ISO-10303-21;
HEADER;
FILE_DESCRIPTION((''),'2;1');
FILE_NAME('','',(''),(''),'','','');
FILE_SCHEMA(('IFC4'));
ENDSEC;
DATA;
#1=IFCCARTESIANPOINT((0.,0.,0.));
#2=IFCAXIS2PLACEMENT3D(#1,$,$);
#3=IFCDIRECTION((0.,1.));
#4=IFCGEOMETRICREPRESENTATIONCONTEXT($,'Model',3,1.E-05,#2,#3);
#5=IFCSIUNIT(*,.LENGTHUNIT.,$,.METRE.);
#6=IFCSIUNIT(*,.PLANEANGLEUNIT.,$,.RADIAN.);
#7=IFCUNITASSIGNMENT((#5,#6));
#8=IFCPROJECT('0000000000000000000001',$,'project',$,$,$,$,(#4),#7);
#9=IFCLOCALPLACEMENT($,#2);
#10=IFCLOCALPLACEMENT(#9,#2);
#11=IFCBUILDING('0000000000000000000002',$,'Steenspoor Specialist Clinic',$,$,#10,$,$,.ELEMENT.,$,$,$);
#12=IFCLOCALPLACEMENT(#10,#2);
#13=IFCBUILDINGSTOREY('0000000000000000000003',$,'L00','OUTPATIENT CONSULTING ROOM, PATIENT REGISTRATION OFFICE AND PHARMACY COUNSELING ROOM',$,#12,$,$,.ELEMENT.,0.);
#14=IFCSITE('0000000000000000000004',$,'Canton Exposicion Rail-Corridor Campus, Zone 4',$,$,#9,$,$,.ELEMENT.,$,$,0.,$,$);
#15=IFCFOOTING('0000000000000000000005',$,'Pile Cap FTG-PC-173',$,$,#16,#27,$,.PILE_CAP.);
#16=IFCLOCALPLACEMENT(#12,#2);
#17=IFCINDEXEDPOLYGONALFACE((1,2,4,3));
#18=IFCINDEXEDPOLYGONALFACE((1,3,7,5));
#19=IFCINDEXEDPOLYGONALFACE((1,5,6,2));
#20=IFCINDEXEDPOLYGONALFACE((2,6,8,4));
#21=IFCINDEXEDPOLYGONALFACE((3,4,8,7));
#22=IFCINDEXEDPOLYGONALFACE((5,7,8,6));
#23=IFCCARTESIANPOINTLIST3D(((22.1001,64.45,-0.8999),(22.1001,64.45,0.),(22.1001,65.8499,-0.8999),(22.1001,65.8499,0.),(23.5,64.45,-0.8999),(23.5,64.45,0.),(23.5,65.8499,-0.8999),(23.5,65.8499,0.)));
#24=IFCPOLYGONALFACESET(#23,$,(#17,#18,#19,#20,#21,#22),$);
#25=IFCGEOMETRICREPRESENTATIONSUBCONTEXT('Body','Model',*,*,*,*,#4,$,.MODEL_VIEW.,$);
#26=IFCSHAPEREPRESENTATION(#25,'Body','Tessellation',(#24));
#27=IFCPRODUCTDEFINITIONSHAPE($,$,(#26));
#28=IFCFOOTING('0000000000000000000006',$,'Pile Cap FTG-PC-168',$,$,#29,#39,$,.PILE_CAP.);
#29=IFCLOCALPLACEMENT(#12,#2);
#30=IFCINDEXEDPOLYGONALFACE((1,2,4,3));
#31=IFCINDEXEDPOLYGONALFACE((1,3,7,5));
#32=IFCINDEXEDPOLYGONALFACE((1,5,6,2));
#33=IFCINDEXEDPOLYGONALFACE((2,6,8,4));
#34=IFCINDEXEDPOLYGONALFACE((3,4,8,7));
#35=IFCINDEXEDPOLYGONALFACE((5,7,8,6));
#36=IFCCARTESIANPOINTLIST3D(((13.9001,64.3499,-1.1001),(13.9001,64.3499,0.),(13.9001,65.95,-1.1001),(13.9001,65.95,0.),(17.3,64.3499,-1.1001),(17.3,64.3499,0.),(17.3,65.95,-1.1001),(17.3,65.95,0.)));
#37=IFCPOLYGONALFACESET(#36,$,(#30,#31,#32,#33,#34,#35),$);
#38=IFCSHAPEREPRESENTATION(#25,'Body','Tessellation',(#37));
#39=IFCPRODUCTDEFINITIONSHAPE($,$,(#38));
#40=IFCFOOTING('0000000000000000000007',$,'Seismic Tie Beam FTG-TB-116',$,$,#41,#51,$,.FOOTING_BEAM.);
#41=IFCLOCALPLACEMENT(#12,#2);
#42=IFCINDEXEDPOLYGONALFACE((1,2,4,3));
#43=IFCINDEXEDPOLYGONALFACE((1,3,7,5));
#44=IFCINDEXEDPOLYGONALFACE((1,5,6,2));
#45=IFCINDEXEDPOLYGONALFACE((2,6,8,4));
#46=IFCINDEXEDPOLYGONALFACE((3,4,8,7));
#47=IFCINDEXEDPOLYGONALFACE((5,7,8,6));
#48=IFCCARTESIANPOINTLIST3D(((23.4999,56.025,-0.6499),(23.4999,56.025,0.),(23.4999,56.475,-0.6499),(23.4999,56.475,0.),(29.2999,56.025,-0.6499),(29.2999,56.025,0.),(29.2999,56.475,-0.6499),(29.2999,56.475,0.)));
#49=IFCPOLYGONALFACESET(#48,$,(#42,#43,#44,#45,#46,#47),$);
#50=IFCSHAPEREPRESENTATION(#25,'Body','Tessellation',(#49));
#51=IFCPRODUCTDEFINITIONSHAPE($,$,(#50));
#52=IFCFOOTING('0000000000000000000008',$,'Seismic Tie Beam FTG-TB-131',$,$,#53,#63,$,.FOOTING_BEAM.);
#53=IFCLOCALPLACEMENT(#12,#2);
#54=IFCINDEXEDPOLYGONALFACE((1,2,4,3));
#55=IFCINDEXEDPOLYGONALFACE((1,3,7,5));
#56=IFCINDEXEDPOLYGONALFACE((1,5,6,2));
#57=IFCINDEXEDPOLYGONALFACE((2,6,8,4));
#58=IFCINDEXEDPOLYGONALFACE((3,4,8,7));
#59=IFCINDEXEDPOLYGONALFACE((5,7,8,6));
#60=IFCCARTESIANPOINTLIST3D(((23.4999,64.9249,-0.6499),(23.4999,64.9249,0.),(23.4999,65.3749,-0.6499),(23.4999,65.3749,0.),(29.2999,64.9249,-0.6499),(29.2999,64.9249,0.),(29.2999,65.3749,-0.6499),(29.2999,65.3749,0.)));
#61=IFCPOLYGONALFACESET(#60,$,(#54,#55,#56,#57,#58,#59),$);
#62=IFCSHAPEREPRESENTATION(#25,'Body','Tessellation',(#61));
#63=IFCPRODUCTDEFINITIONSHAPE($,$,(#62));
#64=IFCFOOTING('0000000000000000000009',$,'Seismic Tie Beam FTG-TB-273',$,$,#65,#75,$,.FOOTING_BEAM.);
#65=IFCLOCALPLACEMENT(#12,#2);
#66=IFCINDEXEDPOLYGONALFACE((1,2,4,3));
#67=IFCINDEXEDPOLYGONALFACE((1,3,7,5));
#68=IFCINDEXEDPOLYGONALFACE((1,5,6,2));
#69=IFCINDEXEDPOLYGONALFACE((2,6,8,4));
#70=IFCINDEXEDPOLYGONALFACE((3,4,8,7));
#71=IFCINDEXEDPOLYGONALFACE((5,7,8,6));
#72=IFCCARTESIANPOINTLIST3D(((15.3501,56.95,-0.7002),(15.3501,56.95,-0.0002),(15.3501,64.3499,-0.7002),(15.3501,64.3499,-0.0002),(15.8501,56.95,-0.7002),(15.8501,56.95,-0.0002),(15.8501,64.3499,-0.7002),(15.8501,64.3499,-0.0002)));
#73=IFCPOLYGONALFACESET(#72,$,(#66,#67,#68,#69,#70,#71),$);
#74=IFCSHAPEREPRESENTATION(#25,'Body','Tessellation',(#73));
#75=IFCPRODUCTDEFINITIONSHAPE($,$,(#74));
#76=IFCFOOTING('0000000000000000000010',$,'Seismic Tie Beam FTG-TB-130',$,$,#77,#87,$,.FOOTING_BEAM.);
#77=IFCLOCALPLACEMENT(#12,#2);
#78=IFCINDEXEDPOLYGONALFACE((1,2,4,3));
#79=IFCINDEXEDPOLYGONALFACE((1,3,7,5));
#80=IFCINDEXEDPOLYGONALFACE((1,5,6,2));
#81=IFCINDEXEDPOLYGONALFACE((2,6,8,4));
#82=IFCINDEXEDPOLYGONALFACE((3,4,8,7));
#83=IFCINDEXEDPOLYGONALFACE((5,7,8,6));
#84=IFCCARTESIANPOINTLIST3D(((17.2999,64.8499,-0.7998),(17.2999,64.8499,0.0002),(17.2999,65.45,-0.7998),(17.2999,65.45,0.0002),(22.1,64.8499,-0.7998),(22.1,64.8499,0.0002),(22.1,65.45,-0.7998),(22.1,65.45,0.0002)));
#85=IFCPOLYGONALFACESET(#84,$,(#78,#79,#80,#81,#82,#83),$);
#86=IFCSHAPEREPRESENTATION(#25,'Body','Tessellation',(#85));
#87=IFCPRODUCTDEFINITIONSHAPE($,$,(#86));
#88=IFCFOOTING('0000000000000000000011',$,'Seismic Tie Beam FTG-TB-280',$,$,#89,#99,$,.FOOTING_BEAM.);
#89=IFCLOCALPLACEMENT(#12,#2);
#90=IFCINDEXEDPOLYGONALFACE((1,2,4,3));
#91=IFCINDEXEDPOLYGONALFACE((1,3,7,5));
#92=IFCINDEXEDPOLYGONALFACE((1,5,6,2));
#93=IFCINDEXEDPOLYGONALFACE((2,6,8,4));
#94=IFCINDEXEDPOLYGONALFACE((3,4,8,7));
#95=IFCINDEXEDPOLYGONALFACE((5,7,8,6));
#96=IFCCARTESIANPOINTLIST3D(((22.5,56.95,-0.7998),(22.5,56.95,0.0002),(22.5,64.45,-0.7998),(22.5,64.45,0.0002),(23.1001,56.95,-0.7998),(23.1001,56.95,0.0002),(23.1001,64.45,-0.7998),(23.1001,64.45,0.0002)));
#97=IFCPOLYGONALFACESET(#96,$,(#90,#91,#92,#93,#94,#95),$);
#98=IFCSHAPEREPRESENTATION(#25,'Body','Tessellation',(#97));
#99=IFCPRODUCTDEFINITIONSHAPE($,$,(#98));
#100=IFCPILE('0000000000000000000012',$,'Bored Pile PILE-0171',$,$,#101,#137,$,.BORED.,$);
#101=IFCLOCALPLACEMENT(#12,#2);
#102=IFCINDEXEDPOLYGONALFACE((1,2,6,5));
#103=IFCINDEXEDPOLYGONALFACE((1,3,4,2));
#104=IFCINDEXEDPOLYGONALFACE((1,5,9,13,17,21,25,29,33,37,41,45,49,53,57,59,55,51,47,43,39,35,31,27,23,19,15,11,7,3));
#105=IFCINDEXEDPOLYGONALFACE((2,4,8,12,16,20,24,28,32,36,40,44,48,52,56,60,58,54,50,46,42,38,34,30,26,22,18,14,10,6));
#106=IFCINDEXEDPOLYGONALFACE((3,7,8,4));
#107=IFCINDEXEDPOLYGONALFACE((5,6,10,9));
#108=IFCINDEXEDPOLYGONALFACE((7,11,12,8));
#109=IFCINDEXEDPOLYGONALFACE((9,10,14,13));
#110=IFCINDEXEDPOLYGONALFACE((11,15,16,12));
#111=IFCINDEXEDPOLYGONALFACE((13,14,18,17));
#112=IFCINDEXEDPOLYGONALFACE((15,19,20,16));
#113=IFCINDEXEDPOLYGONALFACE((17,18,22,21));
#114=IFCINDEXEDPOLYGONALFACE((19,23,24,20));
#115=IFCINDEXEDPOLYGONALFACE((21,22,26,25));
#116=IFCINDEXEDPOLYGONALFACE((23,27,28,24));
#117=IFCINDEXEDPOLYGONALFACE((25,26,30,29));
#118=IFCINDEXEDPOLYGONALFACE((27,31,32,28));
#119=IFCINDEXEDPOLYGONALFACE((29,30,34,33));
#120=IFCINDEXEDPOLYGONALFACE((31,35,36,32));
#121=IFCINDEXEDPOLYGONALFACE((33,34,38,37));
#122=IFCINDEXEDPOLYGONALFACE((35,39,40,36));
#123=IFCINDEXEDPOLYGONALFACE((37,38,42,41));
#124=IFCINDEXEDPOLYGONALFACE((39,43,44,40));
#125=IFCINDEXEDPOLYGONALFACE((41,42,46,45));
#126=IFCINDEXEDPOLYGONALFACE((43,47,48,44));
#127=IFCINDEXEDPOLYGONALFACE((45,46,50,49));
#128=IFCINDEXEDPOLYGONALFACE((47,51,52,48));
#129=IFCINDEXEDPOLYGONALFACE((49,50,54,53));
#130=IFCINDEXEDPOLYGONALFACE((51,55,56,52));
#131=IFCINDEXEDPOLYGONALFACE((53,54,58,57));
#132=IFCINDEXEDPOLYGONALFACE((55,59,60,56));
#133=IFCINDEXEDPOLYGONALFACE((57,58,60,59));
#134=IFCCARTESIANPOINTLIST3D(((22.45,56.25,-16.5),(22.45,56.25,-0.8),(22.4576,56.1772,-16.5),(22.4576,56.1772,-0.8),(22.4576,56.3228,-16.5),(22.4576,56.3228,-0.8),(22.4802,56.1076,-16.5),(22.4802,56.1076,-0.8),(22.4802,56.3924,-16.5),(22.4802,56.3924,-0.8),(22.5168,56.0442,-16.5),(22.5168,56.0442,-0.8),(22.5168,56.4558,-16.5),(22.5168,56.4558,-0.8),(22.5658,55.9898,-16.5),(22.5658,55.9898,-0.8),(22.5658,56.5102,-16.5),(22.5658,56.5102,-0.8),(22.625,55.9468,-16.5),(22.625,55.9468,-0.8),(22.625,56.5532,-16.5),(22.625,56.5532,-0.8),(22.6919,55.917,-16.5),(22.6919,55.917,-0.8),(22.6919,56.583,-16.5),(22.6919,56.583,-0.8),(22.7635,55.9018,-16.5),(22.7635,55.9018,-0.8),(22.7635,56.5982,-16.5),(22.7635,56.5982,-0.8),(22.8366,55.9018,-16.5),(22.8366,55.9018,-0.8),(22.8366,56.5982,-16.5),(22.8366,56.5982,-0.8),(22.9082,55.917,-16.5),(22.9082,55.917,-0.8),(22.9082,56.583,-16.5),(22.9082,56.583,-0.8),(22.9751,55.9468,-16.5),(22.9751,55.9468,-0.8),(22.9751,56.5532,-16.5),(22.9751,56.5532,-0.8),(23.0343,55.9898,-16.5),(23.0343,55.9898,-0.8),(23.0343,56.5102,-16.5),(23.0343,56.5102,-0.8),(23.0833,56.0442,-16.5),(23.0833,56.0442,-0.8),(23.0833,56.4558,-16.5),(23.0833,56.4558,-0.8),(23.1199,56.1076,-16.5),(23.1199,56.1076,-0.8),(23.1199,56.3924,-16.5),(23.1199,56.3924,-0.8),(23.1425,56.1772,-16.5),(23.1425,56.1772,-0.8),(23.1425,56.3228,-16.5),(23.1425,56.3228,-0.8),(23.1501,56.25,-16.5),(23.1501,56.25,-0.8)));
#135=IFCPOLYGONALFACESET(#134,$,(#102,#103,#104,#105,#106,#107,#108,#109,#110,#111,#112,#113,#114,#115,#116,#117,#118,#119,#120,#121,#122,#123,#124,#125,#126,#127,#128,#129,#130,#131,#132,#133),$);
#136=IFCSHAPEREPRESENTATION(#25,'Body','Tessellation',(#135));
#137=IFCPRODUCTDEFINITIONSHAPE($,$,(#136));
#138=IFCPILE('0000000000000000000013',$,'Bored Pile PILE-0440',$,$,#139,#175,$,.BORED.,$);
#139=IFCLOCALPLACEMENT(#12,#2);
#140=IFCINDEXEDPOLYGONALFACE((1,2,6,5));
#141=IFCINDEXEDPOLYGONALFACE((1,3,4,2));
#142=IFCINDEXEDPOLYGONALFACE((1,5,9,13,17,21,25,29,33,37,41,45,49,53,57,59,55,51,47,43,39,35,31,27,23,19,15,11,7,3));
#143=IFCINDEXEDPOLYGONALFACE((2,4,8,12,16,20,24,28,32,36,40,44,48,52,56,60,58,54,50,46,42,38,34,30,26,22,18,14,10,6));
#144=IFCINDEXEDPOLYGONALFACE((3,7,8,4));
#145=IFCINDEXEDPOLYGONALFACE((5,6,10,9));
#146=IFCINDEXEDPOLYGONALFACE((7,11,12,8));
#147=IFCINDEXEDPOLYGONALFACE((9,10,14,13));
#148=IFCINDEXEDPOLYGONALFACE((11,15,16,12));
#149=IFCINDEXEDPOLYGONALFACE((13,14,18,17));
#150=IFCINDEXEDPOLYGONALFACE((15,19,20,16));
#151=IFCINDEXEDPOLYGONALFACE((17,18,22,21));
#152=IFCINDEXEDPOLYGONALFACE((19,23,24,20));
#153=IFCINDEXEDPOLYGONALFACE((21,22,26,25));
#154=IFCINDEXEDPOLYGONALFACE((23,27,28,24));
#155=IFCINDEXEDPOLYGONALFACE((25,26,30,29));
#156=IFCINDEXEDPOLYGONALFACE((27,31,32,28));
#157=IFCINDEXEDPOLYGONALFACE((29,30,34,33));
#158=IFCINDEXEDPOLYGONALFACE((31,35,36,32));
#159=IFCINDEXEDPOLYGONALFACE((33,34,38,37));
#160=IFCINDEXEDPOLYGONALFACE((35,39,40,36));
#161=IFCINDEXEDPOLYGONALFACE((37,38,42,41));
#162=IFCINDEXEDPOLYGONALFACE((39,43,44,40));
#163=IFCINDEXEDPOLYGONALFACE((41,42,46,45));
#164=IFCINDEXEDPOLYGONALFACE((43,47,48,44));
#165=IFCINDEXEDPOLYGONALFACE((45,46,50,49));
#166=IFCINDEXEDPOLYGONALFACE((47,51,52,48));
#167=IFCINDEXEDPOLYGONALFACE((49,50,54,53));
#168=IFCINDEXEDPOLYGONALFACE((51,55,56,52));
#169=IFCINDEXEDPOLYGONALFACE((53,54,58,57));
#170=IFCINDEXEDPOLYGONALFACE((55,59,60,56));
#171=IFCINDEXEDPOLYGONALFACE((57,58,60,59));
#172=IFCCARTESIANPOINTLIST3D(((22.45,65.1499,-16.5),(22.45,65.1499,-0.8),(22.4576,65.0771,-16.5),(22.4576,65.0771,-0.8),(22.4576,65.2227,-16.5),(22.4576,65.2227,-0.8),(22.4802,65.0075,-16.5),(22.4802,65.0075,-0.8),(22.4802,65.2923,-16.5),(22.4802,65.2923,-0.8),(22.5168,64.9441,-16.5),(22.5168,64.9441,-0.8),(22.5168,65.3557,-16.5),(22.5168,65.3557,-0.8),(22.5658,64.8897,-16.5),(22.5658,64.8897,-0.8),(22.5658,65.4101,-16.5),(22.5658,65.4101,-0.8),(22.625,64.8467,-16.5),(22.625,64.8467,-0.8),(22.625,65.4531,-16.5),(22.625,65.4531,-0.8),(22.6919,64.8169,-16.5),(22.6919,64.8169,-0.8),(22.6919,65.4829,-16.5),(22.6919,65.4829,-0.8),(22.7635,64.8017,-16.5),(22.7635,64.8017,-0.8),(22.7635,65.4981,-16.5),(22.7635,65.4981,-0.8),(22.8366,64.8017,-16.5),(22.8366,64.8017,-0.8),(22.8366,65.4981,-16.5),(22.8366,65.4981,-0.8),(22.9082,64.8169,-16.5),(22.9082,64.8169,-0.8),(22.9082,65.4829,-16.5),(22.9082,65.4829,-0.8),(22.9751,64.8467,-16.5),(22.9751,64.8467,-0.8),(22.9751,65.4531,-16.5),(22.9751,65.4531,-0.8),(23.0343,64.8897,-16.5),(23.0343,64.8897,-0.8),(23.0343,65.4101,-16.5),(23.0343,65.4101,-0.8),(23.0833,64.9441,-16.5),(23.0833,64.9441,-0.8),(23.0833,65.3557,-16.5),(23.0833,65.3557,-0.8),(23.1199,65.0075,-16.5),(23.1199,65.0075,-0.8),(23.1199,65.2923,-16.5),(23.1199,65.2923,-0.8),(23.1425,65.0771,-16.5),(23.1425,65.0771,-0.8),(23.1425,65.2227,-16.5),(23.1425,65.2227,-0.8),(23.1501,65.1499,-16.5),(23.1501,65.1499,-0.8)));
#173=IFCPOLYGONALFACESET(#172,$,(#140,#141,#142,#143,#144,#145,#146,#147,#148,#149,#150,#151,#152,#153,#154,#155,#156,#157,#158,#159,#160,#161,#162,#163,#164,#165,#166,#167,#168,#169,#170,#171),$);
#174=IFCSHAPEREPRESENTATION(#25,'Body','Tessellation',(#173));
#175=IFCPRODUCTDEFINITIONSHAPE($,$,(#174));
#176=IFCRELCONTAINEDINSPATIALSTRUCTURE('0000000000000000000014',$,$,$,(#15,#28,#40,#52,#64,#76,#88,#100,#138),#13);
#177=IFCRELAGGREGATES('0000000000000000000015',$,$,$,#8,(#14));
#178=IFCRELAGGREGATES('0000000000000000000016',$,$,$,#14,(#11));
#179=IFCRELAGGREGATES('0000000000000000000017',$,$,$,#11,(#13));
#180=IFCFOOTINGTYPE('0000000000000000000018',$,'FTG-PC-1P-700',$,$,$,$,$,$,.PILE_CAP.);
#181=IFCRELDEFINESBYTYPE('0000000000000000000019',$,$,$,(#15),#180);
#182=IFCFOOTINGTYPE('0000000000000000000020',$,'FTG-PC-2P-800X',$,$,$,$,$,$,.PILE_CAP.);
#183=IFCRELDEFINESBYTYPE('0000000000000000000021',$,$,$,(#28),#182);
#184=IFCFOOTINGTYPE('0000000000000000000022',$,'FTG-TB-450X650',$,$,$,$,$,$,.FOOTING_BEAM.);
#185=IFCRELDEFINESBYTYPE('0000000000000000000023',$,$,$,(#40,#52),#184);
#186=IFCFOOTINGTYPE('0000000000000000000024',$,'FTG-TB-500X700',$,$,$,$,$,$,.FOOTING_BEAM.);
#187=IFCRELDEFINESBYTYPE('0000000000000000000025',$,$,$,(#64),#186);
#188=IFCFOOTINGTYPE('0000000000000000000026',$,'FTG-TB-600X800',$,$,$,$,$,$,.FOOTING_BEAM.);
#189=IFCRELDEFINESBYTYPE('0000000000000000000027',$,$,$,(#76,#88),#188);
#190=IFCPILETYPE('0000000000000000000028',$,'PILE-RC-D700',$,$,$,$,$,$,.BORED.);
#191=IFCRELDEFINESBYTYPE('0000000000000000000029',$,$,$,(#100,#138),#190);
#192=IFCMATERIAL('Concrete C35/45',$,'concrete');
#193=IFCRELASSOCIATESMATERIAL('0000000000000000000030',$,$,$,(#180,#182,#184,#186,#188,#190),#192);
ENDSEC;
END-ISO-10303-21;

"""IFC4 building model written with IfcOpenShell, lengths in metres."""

from ifc_helpers import new_model, si_unit, direction, frame, origin, origin_2d, place, context, subcontext, project, spatial, rectangle, circle, extrude, material, material_profile, profile_set, type_object, element, save


model = new_model("IFC4")

# Units and contexts
model_context = context("Model", 3, precision=1e-05, world=origin(), true_north=direction((0.0, 1.0)))
body_context = subcontext(model_context, "Body", "Model", "MODEL_VIEW")
ifc_project = project(units=[si_unit("LENGTHUNIT", "METRE"), si_unit("PLANEANGLEUNIT", "RADIAN")], contexts=[model_context])

# Site, building, storey
site_placement = place(None, origin())
site = spatial("IfcSite", under=ifc_project, at=site_placement, Name="Canton Exposicion Rail-Corridor Campus, Zone 4", CompositionType="ELEMENT", RefElevation=0.0)
building_placement = place(site_placement, origin())
building = spatial("IfcBuilding", under=site, at=building_placement, Name="Steenspoor Specialist Clinic", CompositionType="ELEMENT")
storey_placement = place(building_placement, origin())
storey = spatial("IfcBuildingStorey", under=building, at=storey_placement, Name="L00", Description="OUTPATIENT CONSULTING ROOM, PATIENT REGISTRATION OFFICE AND PHARMACY COUNSELING ROOM", CompositionType="ELEMENT", Elevation=0.0)

# Footings
ifc_material_1 = material(Name="Concrete C35/45", Category="concrete")
footing_type_1 = type_object("IfcFootingType", Name="FTG-PC-1P-700", PredefinedType="PILE_CAP", material=ifc_material_1)
footing_1_placement = place(storey_placement, frame((22.8, 65.1499, -0.8999), z_axis=(0.0, 0.0, 1.0), x_axis=(1.0, 0.0, 0.0)))
element("IfcFooting", 1, at=footing_1_placement, inside=storey, type_object=footing_type_1, Name="Pile Cap FTG-PC-173", PredefinedType="PILE_CAP", context=body_context, shape_type="SweptSolid", body=[
    extrude(rectangle(XDim=1.3999, YDim=1.3999, at=origin_2d()), origin(), (0.0, 0.0, 1.0), 0.8999),
])
footing_type_2 = type_object("IfcFootingType", Name="FTG-PC-2P-800X", PredefinedType="PILE_CAP", material=ifc_material_1)
footing_2_placement = place(storey_placement, frame((15.6001, 65.1499, -1.1001), z_axis=(0.0, 0.0, 1.0), x_axis=(1.0, 0.0, 0.0)))
element("IfcFooting", 2, at=footing_2_placement, inside=storey, type_object=footing_type_2, Name="Pile Cap FTG-PC-168", PredefinedType="PILE_CAP", context=body_context, shape_type="SweptSolid", body=[
    extrude(rectangle(XDim=3.3999, YDim=1.6001, at=origin_2d()), origin(), (0.0, 0.0, 1.0), 1.1001),
])
footing_type_3 = type_object("IfcFootingType", Name="FTG-TB-450X650", PredefinedType="FOOTING_BEAM", material=ifc_material_1)
for number, where, z_axis, x_axis, name in (
    (3, (26.3999, 56.25, -0.6499), (0.0, 0.0, 1.0), (1.0, 0.0, 0.0), "Seismic Tie Beam FTG-TB-116"),
    (4, (26.3999, 65.1499, -0.6499), (0.0, 0.0, 1.0), (1.0, 0.0, 0.0), "Seismic Tie Beam FTG-TB-131"),
):
    element("IfcFooting", number, at=place(storey_placement, frame(where, z_axis=z_axis, x_axis=x_axis)), inside=storey, type_object=footing_type_3, Name=name, PredefinedType="FOOTING_BEAM", context=body_context, shape_type="SweptSolid", body=[
        extrude(rectangle(XDim=5.8, YDim=0.45, at=origin_2d()), origin(), (0.0, 0.0, 1.0), 0.6499),
    ])
footing_type_4 = type_object("IfcFootingType", Name="FTG-TB-500X700", PredefinedType="FOOTING_BEAM", material=ifc_material_1)
footing_3_placement = place(storey_placement, frame((15.6001, 60.6499, -0.7002), z_axis=(0.0, 0.0, 1.0), x_axis=(1.0, 0.0, 0.0)))
element("IfcFooting", 5, at=footing_3_placement, inside=storey, type_object=footing_type_4, Name="Seismic Tie Beam FTG-TB-273", PredefinedType="FOOTING_BEAM", context=body_context, shape_type="SweptSolid", body=[
    extrude(rectangle(XDim=0.5, YDim=7.3999, at=origin_2d()), origin(), (0.0, 0.0, 1.0), 0.7),
])
footing_type_5 = type_object("IfcFootingType", Name="FTG-TB-600X800", PredefinedType="FOOTING_BEAM", material=ifc_material_1)
footing_4_placement = place(storey_placement, frame((19.7, 65.1499, -0.7998), z_axis=(0.0, 0.0, 1.0), x_axis=(1.0, 0.0, 0.0)))
element("IfcFooting", 6, at=footing_4_placement, inside=storey, type_object=footing_type_5, Name="Seismic Tie Beam FTG-TB-130", PredefinedType="FOOTING_BEAM", context=body_context, shape_type="SweptSolid", body=[
    extrude(rectangle(XDim=4.8, YDim=0.6001, at=origin_2d()), origin(), (0.0, 0.0, 1.0), 0.8),
])
footing_5_placement = place(storey_placement, frame((22.8, 60.7, -0.7998), z_axis=(0.0, 0.0, 1.0), x_axis=(1.0, 0.0, 0.0)))
element("IfcFooting", 7, at=footing_5_placement, inside=storey, type_object=footing_type_5, Name="Seismic Tie Beam FTG-TB-280", PredefinedType="FOOTING_BEAM", context=body_context, shape_type="SweptSolid", body=[
    extrude(rectangle(XDim=0.6001, YDim=7.5, at=origin_2d()), origin(), (0.0, 0.0, 1.0), 0.8),
])

# Piles
ifc_material_profile_1 = material_profile(ifc_material_1, circle(Radius=0.3501, at=origin_2d()), Name="PILE-D700")
ifc_profile_set_1 = profile_set([ifc_material_profile_1], Name="Concrete C35/45")
pile_type_1 = type_object("IfcPileType", Name="PILE-RC-D700", PredefinedType="BORED", material=ifc_profile_set_1)
for number, where, z_axis, x_axis, name in (
    (8, (22.8, 56.25, -0.8), (0.0, 0.0, -1.0), (1.0, 0.0, 0.0), "Bored Pile PILE-0171"),
    (9, (22.8, 65.1499, -0.8), (0.0, 0.0, -1.0), (1.0, 0.0, 0.0), "Bored Pile PILE-0440"),
):
    element("IfcPile", number, at=place(storey_placement, frame(where, z_axis=z_axis, x_axis=x_axis)), inside=storey, type_object=pile_type_1, Name=name, PredefinedType="BORED", context=body_context, shape_type="SweptSolid", body=[
        extrude(circle(Radius=0.3501, at=origin_2d()), origin(), (0.0, 0.0, 1.0), 15.7),
    ])

save(model, "model.ifc")
